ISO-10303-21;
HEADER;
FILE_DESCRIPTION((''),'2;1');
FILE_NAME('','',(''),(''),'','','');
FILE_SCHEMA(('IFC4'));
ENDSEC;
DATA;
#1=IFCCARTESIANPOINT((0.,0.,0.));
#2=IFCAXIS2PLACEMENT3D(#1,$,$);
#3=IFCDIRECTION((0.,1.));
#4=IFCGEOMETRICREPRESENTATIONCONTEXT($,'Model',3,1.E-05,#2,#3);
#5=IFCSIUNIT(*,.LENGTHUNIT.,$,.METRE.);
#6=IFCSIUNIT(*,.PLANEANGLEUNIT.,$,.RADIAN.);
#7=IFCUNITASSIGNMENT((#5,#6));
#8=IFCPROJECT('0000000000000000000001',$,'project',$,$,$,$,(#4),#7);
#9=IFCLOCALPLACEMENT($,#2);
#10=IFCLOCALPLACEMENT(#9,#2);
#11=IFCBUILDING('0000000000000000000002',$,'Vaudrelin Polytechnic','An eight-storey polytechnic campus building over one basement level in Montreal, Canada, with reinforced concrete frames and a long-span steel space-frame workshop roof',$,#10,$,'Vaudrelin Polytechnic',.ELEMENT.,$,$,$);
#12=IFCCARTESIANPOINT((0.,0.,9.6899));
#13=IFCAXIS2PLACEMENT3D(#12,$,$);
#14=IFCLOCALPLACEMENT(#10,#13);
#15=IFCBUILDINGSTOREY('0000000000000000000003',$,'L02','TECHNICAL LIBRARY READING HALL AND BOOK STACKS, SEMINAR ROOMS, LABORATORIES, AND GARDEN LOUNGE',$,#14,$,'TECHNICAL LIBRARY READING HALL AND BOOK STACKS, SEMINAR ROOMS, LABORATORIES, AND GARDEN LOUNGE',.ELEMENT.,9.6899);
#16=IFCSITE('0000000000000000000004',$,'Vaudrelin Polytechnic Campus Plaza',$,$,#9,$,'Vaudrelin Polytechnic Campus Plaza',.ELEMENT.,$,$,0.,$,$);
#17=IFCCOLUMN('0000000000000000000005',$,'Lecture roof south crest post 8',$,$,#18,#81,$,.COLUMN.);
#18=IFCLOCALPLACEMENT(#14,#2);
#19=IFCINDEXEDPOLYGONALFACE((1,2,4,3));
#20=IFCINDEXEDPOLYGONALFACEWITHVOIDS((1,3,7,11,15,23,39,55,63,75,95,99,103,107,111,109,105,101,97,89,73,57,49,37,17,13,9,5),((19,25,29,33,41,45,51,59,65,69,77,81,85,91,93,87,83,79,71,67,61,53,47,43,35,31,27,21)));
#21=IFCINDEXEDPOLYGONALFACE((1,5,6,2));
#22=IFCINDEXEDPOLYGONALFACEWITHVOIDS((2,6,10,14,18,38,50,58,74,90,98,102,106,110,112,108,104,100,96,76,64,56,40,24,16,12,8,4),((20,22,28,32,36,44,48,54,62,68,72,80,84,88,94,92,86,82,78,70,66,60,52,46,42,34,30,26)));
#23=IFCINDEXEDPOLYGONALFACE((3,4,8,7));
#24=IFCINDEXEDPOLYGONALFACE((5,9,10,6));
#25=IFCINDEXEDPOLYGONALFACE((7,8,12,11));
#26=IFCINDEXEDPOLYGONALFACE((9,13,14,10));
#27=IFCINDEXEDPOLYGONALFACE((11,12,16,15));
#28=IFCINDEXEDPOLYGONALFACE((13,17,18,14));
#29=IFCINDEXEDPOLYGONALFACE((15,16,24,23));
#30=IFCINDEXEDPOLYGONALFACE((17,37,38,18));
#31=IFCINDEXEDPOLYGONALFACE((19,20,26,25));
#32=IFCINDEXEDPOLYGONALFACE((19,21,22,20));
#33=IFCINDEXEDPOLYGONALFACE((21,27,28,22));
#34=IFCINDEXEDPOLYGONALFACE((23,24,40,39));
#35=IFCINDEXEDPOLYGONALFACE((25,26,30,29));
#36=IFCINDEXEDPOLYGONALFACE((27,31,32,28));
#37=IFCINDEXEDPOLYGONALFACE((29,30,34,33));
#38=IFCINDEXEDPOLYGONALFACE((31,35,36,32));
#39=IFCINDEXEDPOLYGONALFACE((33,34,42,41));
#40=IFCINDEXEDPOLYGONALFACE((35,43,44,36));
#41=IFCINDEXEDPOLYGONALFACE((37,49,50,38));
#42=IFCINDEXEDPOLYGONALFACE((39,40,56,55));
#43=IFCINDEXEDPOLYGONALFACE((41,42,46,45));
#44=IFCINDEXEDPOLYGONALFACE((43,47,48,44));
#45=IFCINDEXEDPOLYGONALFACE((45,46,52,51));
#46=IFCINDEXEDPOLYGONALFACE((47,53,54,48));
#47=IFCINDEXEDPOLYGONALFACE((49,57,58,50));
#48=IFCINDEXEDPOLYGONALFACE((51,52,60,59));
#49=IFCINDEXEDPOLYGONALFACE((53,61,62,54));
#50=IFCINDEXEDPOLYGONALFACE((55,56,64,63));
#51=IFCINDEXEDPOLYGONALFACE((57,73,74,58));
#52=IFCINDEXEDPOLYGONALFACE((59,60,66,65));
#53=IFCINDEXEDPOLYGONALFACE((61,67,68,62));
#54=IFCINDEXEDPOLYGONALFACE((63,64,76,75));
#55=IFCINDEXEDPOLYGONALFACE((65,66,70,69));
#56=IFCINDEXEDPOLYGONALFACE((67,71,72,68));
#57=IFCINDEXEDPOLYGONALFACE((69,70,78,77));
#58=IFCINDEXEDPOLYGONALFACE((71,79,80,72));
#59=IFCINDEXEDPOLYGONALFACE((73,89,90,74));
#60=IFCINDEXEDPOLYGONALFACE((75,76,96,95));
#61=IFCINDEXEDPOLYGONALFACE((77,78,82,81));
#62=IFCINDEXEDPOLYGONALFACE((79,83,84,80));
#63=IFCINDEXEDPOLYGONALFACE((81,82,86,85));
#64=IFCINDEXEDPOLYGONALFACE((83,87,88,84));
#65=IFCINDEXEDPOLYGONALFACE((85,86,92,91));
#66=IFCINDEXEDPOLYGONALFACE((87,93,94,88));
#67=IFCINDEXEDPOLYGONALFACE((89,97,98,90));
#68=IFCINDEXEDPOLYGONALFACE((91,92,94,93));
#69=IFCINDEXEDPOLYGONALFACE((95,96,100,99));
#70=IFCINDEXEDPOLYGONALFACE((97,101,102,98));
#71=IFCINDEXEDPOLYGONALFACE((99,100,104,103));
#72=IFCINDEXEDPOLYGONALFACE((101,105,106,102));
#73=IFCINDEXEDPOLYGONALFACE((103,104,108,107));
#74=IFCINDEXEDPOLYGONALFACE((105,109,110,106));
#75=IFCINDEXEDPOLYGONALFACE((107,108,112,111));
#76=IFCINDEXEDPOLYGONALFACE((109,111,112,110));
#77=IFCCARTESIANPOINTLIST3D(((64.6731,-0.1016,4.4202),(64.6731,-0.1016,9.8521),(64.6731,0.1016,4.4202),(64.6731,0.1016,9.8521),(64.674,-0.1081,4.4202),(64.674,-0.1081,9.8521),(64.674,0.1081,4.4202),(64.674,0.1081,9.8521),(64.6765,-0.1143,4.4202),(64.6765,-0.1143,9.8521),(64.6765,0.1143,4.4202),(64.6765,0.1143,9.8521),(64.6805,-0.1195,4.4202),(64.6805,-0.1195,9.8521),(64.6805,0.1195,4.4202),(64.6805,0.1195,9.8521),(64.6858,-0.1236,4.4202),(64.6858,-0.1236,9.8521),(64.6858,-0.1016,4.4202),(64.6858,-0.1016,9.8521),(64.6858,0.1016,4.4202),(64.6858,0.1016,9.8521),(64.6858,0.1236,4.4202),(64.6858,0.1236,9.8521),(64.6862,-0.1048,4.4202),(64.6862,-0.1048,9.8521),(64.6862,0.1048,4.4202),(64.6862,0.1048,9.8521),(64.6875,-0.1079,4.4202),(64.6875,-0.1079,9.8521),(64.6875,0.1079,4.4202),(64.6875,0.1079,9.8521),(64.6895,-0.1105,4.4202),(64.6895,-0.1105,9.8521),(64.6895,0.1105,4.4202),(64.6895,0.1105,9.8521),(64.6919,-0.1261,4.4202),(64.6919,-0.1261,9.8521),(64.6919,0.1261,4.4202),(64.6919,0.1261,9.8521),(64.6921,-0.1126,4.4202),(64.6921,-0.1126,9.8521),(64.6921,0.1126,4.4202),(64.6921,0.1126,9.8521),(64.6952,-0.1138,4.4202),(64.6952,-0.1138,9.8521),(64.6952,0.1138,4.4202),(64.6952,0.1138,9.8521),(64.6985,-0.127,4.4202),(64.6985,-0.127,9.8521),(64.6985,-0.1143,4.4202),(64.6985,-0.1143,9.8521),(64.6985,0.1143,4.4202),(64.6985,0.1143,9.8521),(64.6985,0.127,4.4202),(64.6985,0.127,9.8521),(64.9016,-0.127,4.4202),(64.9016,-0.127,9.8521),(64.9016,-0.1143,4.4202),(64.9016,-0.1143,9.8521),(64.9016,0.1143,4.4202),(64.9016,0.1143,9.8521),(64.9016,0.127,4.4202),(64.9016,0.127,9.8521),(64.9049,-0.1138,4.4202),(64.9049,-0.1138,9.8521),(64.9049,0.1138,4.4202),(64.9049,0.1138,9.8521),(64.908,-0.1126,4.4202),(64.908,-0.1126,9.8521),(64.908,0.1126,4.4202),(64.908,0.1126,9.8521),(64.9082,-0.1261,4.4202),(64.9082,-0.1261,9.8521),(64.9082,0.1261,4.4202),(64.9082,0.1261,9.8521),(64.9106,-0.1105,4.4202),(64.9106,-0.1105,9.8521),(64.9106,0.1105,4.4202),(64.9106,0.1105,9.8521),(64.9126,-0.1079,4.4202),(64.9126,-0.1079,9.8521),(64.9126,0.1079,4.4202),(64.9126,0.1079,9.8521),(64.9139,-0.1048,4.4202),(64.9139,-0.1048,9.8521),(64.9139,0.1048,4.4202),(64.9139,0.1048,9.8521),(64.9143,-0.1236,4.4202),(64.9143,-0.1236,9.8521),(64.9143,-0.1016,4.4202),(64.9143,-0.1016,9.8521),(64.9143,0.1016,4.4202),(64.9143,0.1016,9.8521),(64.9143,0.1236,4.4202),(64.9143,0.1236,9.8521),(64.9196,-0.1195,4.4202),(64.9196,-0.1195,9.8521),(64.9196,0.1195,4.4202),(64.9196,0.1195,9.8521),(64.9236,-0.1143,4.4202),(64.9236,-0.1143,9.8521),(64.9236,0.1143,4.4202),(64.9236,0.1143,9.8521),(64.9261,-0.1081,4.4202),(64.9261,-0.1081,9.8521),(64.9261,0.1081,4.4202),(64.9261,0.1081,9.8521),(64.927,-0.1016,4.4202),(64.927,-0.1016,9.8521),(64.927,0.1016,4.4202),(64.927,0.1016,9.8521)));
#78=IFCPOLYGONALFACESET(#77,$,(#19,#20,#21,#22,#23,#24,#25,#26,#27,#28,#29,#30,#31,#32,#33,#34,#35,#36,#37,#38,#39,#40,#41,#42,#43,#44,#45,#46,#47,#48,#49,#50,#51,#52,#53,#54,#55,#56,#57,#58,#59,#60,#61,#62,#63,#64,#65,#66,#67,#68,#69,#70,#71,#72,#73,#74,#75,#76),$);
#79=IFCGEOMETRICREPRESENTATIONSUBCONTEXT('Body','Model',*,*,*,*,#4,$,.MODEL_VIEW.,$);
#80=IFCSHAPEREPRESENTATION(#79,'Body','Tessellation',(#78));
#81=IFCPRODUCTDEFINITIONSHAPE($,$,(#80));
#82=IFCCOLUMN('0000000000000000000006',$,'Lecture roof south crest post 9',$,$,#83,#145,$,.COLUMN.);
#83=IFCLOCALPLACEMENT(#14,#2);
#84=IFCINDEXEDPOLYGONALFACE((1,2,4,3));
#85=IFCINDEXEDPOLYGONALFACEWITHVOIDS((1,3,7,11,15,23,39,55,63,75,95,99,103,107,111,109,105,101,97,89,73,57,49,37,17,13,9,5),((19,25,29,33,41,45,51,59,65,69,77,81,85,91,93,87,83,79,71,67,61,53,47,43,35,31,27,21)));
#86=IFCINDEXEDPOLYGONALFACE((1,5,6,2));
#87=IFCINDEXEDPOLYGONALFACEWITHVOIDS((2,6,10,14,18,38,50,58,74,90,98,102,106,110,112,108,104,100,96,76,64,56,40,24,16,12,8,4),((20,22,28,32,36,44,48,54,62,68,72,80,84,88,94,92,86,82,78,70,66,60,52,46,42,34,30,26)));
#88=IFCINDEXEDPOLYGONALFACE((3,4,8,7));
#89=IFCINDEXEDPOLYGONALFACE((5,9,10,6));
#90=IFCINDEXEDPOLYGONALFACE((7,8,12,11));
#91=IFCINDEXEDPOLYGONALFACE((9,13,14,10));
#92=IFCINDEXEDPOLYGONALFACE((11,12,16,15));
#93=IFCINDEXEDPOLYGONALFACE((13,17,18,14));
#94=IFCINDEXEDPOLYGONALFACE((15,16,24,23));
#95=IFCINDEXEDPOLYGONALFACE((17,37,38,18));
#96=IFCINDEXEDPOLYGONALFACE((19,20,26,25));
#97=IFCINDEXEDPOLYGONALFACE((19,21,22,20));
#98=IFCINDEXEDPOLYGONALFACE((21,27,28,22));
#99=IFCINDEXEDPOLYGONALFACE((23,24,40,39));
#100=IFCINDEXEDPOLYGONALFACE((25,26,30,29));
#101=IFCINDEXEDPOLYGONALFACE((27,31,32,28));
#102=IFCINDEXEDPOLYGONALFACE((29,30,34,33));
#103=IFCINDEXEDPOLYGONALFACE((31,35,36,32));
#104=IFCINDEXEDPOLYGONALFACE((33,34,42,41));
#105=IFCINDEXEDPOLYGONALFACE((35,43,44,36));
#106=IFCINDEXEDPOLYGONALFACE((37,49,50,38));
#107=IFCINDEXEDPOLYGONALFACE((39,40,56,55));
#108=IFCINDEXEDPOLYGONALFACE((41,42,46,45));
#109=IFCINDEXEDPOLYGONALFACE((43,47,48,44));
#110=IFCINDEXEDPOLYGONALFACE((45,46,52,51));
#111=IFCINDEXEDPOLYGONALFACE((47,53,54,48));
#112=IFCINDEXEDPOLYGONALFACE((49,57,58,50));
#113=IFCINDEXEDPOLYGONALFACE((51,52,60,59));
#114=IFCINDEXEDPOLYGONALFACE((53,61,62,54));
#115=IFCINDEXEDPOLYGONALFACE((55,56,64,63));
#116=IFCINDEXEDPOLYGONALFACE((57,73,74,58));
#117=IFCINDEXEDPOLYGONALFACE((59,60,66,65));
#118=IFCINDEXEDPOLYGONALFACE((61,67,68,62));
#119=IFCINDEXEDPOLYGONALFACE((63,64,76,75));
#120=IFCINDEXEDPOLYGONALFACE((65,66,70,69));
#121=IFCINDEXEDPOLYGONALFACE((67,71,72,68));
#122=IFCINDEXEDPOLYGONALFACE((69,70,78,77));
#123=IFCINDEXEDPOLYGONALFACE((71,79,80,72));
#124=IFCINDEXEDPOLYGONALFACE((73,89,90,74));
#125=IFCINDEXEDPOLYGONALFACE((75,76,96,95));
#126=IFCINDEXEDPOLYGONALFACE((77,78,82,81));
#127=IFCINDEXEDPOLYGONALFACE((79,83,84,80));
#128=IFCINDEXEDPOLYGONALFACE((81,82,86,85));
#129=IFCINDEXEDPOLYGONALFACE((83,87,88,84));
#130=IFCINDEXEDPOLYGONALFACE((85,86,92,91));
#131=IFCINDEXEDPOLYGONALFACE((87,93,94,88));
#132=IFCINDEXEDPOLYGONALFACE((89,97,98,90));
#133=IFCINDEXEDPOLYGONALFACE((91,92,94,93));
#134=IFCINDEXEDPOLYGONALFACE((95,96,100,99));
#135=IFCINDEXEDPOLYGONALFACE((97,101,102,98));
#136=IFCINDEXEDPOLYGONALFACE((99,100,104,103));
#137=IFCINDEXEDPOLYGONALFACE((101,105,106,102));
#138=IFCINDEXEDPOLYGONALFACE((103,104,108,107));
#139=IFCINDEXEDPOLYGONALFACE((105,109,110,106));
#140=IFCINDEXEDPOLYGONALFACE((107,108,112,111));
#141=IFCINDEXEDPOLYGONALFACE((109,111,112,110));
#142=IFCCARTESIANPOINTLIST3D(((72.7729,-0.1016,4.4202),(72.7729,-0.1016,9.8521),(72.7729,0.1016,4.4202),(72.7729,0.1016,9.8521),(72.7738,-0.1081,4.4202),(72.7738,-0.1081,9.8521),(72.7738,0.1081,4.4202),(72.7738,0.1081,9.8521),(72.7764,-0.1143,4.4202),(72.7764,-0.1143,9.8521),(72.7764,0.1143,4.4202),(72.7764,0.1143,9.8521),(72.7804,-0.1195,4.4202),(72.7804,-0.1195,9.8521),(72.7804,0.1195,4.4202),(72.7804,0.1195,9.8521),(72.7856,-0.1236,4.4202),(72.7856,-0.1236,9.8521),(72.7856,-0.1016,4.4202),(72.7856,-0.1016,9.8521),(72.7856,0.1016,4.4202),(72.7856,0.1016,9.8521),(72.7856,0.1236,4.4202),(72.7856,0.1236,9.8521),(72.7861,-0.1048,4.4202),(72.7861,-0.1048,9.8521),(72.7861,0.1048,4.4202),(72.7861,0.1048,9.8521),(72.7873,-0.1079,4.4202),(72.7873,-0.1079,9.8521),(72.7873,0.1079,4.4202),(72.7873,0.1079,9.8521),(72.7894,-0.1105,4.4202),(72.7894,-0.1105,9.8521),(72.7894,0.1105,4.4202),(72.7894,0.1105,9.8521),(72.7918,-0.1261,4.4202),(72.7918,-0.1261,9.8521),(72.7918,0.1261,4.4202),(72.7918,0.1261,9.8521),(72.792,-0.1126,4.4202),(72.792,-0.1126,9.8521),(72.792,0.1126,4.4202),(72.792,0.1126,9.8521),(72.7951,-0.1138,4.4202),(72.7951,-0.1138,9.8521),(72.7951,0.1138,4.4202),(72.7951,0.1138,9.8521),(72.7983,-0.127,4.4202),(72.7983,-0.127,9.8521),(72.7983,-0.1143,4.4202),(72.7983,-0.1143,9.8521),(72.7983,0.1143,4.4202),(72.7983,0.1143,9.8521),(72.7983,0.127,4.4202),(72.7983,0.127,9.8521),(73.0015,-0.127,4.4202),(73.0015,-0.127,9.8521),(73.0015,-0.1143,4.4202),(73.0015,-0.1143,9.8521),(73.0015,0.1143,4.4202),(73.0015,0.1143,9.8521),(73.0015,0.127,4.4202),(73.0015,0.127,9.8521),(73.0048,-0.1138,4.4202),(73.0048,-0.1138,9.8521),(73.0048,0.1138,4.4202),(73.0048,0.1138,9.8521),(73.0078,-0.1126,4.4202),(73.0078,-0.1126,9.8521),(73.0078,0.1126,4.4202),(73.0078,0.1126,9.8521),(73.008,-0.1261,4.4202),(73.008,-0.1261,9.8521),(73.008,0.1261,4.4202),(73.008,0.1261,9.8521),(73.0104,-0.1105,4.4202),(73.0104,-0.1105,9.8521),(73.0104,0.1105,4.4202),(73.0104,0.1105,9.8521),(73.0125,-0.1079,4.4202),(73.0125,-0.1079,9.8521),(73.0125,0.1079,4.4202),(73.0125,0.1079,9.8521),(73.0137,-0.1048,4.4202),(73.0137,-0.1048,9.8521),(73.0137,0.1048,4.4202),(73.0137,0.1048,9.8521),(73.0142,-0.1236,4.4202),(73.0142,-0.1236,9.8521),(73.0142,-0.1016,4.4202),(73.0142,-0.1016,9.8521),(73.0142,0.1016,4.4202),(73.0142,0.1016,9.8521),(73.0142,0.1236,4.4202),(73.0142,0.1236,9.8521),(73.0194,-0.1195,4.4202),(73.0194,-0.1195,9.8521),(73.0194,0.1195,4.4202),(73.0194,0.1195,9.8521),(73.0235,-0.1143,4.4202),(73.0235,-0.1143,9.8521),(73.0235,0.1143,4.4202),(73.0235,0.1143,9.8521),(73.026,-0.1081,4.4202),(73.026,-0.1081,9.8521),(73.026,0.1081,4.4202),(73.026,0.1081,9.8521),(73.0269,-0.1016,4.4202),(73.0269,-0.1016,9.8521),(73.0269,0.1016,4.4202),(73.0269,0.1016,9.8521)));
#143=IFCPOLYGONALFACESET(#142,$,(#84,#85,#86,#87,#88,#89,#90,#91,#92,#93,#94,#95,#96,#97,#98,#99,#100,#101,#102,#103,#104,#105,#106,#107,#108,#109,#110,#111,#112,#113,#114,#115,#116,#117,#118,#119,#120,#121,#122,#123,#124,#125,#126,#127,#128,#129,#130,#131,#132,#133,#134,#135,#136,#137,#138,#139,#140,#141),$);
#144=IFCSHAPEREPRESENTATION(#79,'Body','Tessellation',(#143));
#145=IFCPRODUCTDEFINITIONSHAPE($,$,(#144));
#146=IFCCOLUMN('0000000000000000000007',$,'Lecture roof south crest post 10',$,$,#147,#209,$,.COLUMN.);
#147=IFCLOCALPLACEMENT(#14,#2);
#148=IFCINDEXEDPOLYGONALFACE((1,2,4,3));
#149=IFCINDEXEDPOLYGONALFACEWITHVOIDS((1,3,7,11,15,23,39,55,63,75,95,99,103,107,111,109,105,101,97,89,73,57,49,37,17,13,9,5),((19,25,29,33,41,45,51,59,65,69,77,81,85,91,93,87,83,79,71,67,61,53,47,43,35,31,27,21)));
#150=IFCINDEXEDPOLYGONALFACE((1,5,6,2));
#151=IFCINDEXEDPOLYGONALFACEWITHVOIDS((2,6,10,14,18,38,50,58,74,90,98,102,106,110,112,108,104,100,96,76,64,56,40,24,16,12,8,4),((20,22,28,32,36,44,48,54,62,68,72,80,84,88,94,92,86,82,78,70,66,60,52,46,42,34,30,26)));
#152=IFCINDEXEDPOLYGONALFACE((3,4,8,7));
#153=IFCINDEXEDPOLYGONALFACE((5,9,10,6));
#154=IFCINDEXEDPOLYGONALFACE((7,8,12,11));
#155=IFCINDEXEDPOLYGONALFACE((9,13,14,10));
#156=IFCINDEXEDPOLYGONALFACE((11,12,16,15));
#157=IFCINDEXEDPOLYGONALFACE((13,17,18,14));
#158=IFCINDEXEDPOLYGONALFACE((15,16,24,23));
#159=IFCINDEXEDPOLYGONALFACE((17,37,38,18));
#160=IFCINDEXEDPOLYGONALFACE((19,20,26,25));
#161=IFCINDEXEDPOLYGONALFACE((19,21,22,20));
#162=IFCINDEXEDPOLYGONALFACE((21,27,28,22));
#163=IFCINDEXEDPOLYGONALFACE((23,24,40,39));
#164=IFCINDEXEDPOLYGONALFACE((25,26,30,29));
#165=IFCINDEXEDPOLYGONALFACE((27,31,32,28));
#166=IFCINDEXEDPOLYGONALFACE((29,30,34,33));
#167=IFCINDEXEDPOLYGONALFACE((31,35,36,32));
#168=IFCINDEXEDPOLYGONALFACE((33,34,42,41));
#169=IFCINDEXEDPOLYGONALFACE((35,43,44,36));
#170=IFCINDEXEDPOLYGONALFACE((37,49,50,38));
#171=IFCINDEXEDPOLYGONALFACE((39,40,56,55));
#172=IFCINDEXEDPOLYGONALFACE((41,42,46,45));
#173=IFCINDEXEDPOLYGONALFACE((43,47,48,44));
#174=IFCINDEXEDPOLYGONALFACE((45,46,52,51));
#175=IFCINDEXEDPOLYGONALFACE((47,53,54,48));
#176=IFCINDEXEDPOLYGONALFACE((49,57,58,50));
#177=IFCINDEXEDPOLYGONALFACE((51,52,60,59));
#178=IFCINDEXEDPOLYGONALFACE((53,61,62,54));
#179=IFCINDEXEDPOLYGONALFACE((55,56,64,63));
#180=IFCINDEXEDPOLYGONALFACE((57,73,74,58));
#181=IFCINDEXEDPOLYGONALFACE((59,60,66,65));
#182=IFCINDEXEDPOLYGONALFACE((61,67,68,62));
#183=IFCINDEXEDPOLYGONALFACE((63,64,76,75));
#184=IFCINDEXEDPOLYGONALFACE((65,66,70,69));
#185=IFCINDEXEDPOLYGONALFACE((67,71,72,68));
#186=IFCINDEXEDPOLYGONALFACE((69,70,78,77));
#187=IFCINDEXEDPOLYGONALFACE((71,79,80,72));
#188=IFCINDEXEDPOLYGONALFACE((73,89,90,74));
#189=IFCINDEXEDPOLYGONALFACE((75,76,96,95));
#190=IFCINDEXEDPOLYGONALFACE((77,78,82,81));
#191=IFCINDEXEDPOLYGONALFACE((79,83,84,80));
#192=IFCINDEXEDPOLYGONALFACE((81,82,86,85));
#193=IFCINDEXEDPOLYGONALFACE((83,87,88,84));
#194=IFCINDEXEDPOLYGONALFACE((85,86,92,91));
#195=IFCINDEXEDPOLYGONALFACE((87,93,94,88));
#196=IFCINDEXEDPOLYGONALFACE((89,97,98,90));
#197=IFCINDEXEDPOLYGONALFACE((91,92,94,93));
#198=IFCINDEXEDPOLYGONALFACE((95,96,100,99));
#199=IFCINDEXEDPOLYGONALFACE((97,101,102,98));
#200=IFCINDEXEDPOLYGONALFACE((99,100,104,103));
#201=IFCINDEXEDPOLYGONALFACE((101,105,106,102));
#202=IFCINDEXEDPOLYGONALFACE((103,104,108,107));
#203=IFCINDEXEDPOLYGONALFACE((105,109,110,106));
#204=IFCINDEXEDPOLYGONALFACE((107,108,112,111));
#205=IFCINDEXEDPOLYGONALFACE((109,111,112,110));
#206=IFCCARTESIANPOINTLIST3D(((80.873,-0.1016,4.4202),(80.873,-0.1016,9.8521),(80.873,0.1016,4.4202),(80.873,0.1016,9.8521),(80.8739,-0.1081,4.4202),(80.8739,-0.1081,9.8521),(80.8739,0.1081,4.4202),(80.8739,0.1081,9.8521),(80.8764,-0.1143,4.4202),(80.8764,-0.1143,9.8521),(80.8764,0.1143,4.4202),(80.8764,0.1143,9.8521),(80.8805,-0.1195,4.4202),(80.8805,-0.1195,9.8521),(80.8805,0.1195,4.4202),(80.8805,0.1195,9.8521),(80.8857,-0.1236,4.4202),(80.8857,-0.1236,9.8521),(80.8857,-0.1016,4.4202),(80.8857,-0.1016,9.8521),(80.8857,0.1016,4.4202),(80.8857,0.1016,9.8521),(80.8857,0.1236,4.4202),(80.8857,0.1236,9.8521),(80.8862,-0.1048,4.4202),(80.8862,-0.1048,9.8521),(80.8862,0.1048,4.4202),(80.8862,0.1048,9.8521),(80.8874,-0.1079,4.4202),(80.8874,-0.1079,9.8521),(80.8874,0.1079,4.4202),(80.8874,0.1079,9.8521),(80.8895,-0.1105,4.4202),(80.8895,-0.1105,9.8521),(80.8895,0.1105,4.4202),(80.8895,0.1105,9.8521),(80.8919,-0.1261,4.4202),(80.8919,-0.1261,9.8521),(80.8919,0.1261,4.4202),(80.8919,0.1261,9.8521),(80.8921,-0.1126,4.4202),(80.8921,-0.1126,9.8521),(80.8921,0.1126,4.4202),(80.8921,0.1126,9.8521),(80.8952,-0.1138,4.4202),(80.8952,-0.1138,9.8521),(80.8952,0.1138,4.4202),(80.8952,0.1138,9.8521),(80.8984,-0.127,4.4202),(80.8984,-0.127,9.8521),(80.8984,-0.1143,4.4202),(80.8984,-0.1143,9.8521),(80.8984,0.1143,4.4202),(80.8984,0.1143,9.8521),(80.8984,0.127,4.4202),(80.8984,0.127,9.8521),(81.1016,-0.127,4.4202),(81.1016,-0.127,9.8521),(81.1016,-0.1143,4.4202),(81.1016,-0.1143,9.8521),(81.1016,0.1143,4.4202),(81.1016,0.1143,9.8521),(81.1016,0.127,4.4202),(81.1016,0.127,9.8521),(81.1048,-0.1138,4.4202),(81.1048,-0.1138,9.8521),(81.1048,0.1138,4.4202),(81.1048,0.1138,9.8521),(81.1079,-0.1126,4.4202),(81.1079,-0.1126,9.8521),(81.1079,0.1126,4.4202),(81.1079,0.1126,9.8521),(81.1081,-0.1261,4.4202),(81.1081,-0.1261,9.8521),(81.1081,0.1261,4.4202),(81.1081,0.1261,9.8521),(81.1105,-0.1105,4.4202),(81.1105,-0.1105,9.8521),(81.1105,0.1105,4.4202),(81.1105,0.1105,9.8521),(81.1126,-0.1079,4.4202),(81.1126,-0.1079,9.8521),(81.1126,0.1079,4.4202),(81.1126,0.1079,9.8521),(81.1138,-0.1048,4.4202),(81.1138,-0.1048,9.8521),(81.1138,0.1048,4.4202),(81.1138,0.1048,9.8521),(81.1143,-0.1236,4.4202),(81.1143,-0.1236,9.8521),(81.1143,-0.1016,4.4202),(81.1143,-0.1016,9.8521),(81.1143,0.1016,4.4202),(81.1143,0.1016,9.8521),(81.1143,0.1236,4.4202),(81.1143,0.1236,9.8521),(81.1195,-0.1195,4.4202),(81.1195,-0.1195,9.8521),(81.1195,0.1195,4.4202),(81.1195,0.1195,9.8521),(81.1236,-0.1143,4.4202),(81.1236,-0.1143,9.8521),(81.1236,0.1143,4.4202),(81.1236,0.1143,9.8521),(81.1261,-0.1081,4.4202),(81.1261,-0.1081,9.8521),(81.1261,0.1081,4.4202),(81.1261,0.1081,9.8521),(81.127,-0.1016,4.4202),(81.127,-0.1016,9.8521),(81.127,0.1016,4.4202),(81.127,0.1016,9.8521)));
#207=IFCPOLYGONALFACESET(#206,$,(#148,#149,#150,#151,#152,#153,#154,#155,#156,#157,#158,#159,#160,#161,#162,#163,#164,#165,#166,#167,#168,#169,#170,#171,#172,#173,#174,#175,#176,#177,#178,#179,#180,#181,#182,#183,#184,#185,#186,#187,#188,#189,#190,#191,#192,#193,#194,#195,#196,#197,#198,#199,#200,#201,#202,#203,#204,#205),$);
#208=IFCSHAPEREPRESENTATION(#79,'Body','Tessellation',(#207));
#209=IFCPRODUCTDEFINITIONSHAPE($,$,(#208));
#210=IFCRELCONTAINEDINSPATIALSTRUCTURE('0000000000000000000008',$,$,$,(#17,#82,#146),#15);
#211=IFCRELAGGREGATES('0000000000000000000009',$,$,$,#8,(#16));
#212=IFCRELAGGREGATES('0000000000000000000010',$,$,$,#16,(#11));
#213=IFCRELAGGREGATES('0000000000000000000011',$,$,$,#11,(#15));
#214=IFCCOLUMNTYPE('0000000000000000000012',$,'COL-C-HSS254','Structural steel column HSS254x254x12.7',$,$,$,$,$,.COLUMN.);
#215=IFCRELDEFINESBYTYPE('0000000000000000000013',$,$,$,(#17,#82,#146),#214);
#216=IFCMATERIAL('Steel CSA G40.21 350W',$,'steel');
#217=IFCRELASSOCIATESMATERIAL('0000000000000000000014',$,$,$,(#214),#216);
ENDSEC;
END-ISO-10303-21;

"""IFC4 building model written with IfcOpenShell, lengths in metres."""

from ifc_helpers import new_model, si_unit, direction, frame, origin, origin_2d, place, context, subcontext, project, spatial, hollow_rectangle, extrude, material, material_profile, profile_set, type_object, element, save


model = new_model("IFC4")

# Units and contexts
model_context = context("Model", 3, precision=1e-05, world=origin(), true_north=direction((0.0, 1.0)))
body_context = subcontext(model_context, "Body", "Model", "MODEL_VIEW")
ifc_project = project(units=[si_unit("LENGTHUNIT", "METRE"), si_unit("PLANEANGLEUNIT", "RADIAN")], contexts=[model_context])

# Site, building, storey
site_placement = place(None, origin())
site = spatial("IfcSite", under=ifc_project, at=site_placement, Name="Vaudrelin Polytechnic Campus Plaza", LongName="Vaudrelin Polytechnic Campus Plaza", CompositionType="ELEMENT", RefElevation=0.0)
building_placement = place(site_placement, origin())
building = spatial("IfcBuilding", under=site, at=building_placement, Name="Vaudrelin Polytechnic", Description="An eight-storey polytechnic campus building over one basement level in Montreal, Canada, with reinforced concrete frames and a long-span steel space-frame workshop roof", LongName="Vaudrelin Polytechnic", CompositionType="ELEMENT")
storey_placement = place(building_placement, frame((0.0, 0.0, 9.6899)))
storey = spatial("IfcBuildingStorey", under=building, at=storey_placement, Name="L02", Description="TECHNICAL LIBRARY READING HALL AND BOOK STACKS, SEMINAR ROOMS, LABORATORIES, AND GARDEN LOUNGE", LongName="TECHNICAL LIBRARY READING HALL AND BOOK STACKS, SEMINAR ROOMS, LABORATORIES, AND GARDEN LOUNGE", CompositionType="ELEMENT", Elevation=9.6899)

# Columns
ifc_material_1 = material(Name="Steel CSA G40.21 350W", Category="steel")
ifc_material_profile_1 = material_profile(ifc_material_1, hollow_rectangle(XDim=0.2539, YDim=0.2539, WallThickness=0.0127, InnerFilletRadius=0.0127, OuterFilletRadius=0.0254, at=origin_2d()), Name="HSS254x254x12.7")
ifc_profile_set_1 = profile_set([ifc_material_profile_1], Name="Steel CSA G40.21 350W")
column_type_1 = type_object("IfcColumnType", Name="COL-C-HSS254", Description="Structural steel column HSS254x254x12.7", PredefinedType="COLUMN", material=ifc_profile_set_1)
for number, where, z_axis, x_axis, name in (
    (1, (64.8, 0.0, 4.4202), (0.0, 0.0, 1.0), (1.0, 0.0, 0.0), "Lecture roof south crest post 8"),
    (2, (72.8999, 0.0, 4.4202), (0.0, 0.0, 1.0), (1.0, 0.0, 0.0), "Lecture roof south crest post 9"),
    (3, (81.0, 0.0, 4.4202), (0.0, 0.0, 1.0), (1.0, 0.0, 0.0), "Lecture roof south crest post 10"),
):
    element("IfcColumn", number, at=place(storey_placement, frame(where, z_axis=z_axis, x_axis=x_axis)), inside=storey, type_object=column_type_1, Name=name, PredefinedType="COLUMN", context=body_context, shape_type="SweptSolid", body=[
        extrude(hollow_rectangle(XDim=0.2539, YDim=0.2539, WallThickness=0.0127, InnerFilletRadius=0.0127, OuterFilletRadius=0.0254, at=origin_2d()), origin(), (0.0, 0.0, 1.0), 5.4319),
    ])

save(model, "model.ifc")
